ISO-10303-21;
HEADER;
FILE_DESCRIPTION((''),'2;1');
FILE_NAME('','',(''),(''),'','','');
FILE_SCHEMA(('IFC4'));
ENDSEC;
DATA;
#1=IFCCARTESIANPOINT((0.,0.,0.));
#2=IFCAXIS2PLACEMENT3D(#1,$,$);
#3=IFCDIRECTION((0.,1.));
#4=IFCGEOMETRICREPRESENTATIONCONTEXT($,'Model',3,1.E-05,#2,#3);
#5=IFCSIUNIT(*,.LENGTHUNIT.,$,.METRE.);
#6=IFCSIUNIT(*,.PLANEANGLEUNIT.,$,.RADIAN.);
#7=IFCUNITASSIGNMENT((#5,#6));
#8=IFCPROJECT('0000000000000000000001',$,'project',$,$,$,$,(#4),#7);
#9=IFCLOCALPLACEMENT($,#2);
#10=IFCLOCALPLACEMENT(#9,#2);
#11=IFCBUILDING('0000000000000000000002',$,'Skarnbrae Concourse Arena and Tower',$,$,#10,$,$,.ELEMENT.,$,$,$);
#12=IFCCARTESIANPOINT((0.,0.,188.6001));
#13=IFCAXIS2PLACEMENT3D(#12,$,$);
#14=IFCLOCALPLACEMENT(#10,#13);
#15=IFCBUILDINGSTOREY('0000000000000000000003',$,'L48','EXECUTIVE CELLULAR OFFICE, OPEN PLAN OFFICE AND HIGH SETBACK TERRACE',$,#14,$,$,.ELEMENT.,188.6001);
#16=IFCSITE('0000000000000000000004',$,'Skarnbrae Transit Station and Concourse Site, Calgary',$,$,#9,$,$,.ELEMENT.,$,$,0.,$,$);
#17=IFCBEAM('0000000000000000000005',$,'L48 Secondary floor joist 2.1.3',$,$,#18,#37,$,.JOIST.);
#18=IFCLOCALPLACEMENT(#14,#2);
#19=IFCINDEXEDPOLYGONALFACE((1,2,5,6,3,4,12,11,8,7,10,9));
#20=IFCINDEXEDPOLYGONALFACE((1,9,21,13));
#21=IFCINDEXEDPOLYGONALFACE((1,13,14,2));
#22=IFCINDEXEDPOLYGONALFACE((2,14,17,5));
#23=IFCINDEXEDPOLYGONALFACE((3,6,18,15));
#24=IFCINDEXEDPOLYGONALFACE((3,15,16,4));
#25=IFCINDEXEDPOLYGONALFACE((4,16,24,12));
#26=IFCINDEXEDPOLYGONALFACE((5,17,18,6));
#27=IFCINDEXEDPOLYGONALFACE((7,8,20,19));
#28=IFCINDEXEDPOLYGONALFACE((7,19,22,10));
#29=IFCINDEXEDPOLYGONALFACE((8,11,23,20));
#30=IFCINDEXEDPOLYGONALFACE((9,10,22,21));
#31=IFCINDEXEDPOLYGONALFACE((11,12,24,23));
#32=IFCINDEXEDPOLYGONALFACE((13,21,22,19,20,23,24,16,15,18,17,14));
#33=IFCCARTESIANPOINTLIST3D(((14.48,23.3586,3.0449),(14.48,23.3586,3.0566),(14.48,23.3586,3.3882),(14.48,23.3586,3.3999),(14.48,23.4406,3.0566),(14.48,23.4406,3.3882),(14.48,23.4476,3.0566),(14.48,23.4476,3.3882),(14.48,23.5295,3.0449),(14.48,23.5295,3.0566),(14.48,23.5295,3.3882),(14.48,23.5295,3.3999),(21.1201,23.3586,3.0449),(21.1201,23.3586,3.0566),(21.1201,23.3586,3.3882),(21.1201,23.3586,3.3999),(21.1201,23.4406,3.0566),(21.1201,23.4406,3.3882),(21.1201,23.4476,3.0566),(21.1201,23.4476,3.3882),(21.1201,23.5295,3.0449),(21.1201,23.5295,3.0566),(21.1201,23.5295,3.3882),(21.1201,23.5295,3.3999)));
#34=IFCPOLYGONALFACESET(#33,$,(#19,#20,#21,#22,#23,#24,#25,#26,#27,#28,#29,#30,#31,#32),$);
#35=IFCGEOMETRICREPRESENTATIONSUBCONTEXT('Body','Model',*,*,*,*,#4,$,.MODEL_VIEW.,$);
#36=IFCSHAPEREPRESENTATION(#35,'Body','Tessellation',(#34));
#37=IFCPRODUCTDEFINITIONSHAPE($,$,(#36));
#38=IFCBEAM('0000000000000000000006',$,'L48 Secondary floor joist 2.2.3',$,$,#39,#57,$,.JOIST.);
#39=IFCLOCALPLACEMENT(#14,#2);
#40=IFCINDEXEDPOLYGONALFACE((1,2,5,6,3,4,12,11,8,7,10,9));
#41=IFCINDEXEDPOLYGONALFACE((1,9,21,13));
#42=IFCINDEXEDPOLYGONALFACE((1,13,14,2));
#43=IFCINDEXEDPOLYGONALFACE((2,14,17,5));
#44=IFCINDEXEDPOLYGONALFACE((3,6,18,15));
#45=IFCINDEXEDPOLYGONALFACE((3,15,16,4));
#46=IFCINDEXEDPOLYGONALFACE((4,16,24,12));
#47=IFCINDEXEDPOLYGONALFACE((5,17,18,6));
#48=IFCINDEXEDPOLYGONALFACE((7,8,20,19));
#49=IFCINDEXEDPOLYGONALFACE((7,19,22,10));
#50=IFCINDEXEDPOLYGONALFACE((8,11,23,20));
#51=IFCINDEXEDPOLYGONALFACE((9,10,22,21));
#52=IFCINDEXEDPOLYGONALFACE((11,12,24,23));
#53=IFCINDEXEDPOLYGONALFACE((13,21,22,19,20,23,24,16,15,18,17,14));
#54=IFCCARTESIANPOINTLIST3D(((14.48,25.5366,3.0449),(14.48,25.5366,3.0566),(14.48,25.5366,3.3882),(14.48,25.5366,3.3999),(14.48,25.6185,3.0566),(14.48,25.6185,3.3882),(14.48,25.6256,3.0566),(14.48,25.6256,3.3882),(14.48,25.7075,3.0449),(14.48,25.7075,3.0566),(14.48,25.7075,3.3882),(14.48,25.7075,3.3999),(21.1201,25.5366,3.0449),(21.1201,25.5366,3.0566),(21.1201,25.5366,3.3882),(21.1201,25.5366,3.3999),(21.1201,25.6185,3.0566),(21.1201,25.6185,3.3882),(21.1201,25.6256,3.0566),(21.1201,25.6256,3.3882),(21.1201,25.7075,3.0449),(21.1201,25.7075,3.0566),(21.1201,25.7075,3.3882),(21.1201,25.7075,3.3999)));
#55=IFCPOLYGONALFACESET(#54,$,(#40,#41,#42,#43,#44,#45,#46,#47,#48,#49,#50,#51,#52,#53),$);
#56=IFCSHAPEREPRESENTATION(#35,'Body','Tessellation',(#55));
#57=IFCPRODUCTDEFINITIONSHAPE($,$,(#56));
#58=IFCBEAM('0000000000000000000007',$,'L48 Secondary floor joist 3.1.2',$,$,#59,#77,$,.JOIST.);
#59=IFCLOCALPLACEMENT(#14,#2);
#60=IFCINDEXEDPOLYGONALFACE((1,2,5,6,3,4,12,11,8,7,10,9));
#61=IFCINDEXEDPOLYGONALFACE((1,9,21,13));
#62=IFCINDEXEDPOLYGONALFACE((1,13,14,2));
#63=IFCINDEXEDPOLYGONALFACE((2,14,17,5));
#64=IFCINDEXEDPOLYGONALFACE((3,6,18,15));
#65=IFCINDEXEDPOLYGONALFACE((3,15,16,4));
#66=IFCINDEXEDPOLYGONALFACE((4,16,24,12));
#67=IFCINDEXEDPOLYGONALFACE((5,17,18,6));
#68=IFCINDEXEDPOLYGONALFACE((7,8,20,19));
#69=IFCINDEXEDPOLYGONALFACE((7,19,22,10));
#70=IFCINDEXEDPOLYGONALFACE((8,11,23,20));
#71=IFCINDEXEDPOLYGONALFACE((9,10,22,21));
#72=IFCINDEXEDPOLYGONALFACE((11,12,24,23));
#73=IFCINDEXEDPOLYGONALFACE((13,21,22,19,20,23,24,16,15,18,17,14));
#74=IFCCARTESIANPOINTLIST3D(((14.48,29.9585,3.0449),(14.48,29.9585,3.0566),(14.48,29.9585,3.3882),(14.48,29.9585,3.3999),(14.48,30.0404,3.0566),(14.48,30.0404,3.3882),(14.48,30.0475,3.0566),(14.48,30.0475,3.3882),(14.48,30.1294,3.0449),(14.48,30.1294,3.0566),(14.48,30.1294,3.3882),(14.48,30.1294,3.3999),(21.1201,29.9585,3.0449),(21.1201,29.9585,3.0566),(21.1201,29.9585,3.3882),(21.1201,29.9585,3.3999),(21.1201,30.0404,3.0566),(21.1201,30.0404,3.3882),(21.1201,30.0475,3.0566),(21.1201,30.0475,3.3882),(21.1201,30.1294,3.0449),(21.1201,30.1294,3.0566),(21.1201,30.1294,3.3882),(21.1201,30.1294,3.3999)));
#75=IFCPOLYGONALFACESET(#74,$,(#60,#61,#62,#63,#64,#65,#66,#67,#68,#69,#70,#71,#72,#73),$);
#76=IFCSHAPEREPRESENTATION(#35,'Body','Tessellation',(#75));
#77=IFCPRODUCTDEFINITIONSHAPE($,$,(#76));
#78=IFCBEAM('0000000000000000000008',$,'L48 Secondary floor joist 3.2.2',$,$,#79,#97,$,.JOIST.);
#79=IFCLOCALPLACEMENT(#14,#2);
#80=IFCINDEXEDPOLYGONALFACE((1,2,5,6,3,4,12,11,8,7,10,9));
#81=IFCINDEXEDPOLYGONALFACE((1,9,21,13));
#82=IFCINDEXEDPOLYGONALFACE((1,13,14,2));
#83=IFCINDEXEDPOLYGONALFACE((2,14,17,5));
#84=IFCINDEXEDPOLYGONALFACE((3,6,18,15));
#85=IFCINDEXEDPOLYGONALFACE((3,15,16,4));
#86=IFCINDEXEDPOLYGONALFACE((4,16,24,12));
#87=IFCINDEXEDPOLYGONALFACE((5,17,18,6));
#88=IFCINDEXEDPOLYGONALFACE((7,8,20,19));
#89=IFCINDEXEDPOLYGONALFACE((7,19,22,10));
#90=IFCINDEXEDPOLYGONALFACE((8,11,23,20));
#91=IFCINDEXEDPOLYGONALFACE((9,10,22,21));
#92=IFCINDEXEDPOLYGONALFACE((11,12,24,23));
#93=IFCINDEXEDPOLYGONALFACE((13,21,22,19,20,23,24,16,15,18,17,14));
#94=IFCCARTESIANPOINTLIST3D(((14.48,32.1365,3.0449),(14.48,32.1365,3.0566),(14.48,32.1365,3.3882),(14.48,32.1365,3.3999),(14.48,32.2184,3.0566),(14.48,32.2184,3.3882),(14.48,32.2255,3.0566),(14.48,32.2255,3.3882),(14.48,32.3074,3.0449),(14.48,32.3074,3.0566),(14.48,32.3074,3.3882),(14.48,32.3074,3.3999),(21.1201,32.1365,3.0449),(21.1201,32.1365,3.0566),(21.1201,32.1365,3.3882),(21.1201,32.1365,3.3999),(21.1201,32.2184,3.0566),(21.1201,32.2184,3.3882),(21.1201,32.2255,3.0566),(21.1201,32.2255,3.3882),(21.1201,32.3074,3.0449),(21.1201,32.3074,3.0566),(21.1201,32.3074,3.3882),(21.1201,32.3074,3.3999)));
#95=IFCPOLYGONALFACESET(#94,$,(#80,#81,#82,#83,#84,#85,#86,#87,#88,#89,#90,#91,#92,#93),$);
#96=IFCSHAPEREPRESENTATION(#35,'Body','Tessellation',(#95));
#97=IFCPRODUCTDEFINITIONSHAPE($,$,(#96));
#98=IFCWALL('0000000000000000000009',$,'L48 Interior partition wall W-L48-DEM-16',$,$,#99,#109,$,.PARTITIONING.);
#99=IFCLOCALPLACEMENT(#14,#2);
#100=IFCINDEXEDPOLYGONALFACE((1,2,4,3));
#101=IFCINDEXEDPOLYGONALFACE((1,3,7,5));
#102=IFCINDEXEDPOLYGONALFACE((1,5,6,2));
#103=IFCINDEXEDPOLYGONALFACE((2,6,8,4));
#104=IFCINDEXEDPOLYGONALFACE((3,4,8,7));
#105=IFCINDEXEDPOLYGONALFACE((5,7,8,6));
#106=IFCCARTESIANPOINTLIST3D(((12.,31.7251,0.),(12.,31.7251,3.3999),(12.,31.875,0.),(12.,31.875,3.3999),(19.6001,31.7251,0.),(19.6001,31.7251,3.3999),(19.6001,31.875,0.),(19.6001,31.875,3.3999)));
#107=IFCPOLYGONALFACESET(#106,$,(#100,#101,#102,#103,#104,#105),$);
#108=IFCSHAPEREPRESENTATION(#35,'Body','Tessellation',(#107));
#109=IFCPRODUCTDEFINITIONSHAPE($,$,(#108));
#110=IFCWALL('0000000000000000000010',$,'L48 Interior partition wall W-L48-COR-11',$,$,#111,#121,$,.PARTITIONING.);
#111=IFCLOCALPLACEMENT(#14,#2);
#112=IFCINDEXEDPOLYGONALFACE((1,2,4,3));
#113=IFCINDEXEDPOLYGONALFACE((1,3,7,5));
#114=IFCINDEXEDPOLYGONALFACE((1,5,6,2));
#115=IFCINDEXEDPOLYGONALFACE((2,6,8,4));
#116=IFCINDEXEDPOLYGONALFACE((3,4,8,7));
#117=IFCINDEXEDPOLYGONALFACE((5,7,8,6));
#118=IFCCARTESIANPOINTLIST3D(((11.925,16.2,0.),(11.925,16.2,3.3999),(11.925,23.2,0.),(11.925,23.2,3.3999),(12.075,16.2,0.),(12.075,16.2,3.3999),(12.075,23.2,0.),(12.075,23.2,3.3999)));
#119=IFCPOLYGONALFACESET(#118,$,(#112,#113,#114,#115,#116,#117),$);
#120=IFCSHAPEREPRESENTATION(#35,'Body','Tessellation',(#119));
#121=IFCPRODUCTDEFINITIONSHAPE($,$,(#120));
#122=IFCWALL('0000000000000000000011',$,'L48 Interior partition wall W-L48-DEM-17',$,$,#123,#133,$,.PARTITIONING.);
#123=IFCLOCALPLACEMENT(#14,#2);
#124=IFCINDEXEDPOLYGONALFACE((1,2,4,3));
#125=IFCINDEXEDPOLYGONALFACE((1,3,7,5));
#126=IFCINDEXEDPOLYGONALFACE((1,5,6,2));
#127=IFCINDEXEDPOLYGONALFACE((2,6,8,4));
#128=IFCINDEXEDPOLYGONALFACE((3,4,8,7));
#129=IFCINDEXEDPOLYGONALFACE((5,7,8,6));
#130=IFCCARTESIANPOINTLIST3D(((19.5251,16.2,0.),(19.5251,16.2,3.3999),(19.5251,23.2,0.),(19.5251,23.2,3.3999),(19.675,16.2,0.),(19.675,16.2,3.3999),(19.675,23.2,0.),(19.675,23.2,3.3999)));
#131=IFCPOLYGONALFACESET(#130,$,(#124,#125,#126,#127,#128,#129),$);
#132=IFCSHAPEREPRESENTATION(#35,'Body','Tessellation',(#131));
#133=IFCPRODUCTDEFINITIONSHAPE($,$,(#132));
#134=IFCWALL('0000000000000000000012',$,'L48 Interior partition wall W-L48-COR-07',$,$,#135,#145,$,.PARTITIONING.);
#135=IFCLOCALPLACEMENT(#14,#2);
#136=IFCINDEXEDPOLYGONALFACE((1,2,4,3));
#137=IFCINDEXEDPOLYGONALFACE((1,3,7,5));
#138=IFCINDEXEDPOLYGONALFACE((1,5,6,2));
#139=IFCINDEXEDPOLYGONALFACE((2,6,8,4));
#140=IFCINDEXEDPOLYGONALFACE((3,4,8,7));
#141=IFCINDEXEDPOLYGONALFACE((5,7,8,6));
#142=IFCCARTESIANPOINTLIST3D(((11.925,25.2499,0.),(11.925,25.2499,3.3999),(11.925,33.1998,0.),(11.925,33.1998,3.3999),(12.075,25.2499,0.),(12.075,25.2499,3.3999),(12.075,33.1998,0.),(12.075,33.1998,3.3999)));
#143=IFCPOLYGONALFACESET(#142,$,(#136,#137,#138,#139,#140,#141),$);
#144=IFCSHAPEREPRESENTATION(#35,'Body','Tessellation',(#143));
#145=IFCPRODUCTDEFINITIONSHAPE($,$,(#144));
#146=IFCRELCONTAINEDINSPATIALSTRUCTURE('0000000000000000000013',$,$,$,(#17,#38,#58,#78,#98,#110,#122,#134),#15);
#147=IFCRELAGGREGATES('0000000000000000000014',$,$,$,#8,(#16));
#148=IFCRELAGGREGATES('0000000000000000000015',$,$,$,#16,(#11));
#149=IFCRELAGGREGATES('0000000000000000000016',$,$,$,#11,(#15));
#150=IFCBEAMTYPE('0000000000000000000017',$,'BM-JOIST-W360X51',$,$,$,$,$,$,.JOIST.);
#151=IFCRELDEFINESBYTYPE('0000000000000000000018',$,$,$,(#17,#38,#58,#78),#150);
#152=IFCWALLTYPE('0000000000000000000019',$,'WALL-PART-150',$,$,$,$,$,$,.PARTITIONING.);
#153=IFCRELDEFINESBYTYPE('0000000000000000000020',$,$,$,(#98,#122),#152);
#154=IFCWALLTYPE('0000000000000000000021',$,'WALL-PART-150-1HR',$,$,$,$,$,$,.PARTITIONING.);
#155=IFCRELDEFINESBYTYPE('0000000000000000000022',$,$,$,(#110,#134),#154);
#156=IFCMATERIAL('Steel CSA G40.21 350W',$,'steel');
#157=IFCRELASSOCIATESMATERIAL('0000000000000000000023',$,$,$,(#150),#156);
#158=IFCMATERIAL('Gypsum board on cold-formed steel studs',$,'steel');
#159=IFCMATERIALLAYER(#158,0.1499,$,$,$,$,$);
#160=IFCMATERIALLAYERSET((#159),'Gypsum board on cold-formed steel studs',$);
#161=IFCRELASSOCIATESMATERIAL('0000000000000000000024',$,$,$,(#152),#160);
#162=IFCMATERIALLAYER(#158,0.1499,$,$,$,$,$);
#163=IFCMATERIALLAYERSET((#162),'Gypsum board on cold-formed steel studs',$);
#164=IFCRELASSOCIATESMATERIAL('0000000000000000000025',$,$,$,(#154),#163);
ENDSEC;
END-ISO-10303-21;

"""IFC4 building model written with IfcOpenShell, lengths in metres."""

from ifc_helpers import new_model, si_unit, direction, frame, frame_2d, origin, origin_2d, place, context, subcontext, project, spatial, rectangle, i_section, extrude, source, transform, mapped, material, layer, layer_set, material_profile, profile_set, type_object, element, save


model = new_model("IFC4")

# Units and contexts
model_context = context("Model", 3, precision=1e-05, world=origin(), true_north=direction((0.0, 1.0)))
body_context = subcontext(model_context, "Body", "Model", "MODEL_VIEW")
ifc_project = project(units=[si_unit("LENGTHUNIT", "METRE"), si_unit("PLANEANGLEUNIT", "RADIAN")], contexts=[model_context])

# Site, building, storey
site_placement = place(None, origin())
site = spatial("IfcSite", under=ifc_project, at=site_placement, Name="Skarnbrae Transit Station and Concourse Site, Calgary", CompositionType="ELEMENT", RefElevation=0.0)
building_placement = place(site_placement, origin())
building = spatial("IfcBuilding", under=site, at=building_placement, Name="Skarnbrae Concourse Arena and Tower", CompositionType="ELEMENT")
storey_placement = place(building_placement, frame((0.0, 0.0, 188.6001)))
storey = spatial("IfcBuildingStorey", under=building, at=storey_placement, Name="L48", Description="EXECUTIVE CELLULAR OFFICE, OPEN PLAN OFFICE AND HIGH SETBACK TERRACE", CompositionType="ELEMENT", Elevation=188.6001)

# Shared definitions
ifc_material_1 = material(Name="Steel CSA G40.21 350W", Category="steel")

# Beams
ifc_material_profile_1 = material_profile(ifc_material_1, i_section(OverallWidth=0.1709, OverallDepth=0.355, WebThickness=0.0071, FlangeThickness=0.0117, at=origin_2d()), Name="W360X51")
ifc_profile_set_1 = profile_set([ifc_material_profile_1], Name="Steel CSA G40.21 350W")
beam_type_1 = type_object("IfcBeamType", Name="BM-JOIST-W360X51", PredefinedType="JOIST", material=ifc_profile_set_1)
shared_shape_1 = source(origin(), body_context, "Body", "SweptSolid", [
    extrude(i_section(OverallWidth=0.1709, OverallDepth=0.355, WebThickness=0.0071, FlangeThickness=0.0117, at=origin_2d()), origin(), (0.0, 0.0, 1.0), 6.6401),
])
for number, where, z_axis, x_axis, name in (
    (1, (14.48, 23.4441, 3.2224), (1.0, 0.0, 0.0), (0.0, 1.0, 0.0), "L48 Secondary floor joist 2.1.3"),
    (2, (14.48, 25.6221, 3.2224), (1.0, 0.0, 0.0), (0.0, 1.0, 0.0), "L48 Secondary floor joist 2.2.3"),
    (3, (14.48, 30.0439, 3.2224), (1.0, 0.0, 0.0), (0.0, 1.0, 0.0), "L48 Secondary floor joist 3.1.2"),
    (4, (14.48, 32.2219, 3.2224), (1.0, 0.0, 0.0), (0.0, 1.0, 0.0), "L48 Secondary floor joist 3.2.2"),
):
    element("IfcBeam", number, at=place(storey_placement, frame(where, z_axis=z_axis, x_axis=x_axis)), inside=storey, type_object=beam_type_1, Name=name, PredefinedType="JOIST", context=body_context, shape_type="MappedRepresentation", body=[
        mapped(shared_shape_1, transform((0.0, 0.0, 0.0))),
    ])

# Walls
ifc_material_2 = material(Name="Gypsum board on cold-formed steel studs", Category="steel")
ifc_layer_1 = layer(ifc_material_2, 0.1499)
ifc_layer_set_1 = layer_set([ifc_layer_1], Name="Gypsum board on cold-formed steel studs")
wall_type_1 = type_object("IfcWallType", Name="WALL-PART-150", PredefinedType="PARTITIONING", material=ifc_layer_set_1)
shared_shape_2 = source(origin(), body_context, "Body", "SweptSolid", [
    extrude(rectangle(XDim=7.6001, YDim=0.1499, at=frame_2d((3.8, 0.0))), origin(), (0.0, 0.0, 1.0), 3.3999),
])
wall_1_placement = place(storey_placement, frame((19.6001, 31.8, 0.0), z_axis=(0.0, 0.0, 1.0), x_axis=(-1.0, 0.0, 0.0)))
element("IfcWall", 5, at=wall_1_placement, inside=storey, type_object=wall_type_1, Name="L48 Interior partition wall W-L48-DEM-16", PredefinedType="PARTITIONING", context=body_context, shape_type="MappedRepresentation", body=[
    mapped(shared_shape_2, transform((0.0, 0.0, 0.0))),
])
ifc_layer_2 = layer(ifc_material_2, 0.1499)
ifc_layer_set_2 = layer_set([ifc_layer_2], Name="Gypsum board on cold-formed steel studs")
wall_type_2 = type_object("IfcWallType", Name="WALL-PART-150-1HR", PredefinedType="PARTITIONING", material=ifc_layer_set_2)
shared_shape_3 = source(origin(), body_context, "Body", "SweptSolid", [
    extrude(rectangle(XDim=7.0, YDim=0.1499, at=frame_2d((3.5, 0.0))), origin(), (0.0, 0.0, 1.0), 3.3999),
])
wall_2_placement = place(storey_placement, frame((12.0, 23.2, 0.0), z_axis=(0.0, 0.0, 1.0), x_axis=(0.0, -1.0, 0.0)))
element("IfcWall", 6, at=wall_2_placement, inside=storey, type_object=wall_type_2, Name="L48 Interior partition wall W-L48-COR-11", PredefinedType="PARTITIONING", context=body_context, shape_type="MappedRepresentation", body=[
    mapped(shared_shape_3, transform((0.0, 0.0, 0.0))),
])
wall_3_placement = place(storey_placement, frame((19.6001, 23.2, 0.0), z_axis=(0.0, 0.0, 1.0), x_axis=(0.0, -1.0, 0.0)))
element("IfcWall", 7, at=wall_3_placement, inside=storey, type_object=wall_type_1, Name="L48 Interior partition wall W-L48-DEM-17", PredefinedType="PARTITIONING", context=body_context, shape_type="MappedRepresentation", body=[
    mapped(shared_shape_3, transform((0.0, 0.0, 0.0))),
])
shared_shape_4 = source(origin(), body_context, "Body", "SweptSolid", [
    extrude(rectangle(XDim=7.95, YDim=0.1499, at=frame_2d((3.9751, 0.0))), origin(), (0.0, 0.0, 1.0), 3.3999),
])
wall_4_placement = place(storey_placement, frame((12.0, 33.2, 0.0), z_axis=(0.0, 0.0, 1.0), x_axis=(0.0, -1.0, 0.0)))
element("IfcWall", 8, at=wall_4_placement, inside=storey, type_object=wall_type_2, Name="L48 Interior partition wall W-L48-COR-07", PredefinedType="PARTITIONING", context=body_context, shape_type="MappedRepresentation", body=[
    mapped(shared_shape_4, transform((0.0, 0.0, 0.0))),
])

save(model, "model.ifc")
